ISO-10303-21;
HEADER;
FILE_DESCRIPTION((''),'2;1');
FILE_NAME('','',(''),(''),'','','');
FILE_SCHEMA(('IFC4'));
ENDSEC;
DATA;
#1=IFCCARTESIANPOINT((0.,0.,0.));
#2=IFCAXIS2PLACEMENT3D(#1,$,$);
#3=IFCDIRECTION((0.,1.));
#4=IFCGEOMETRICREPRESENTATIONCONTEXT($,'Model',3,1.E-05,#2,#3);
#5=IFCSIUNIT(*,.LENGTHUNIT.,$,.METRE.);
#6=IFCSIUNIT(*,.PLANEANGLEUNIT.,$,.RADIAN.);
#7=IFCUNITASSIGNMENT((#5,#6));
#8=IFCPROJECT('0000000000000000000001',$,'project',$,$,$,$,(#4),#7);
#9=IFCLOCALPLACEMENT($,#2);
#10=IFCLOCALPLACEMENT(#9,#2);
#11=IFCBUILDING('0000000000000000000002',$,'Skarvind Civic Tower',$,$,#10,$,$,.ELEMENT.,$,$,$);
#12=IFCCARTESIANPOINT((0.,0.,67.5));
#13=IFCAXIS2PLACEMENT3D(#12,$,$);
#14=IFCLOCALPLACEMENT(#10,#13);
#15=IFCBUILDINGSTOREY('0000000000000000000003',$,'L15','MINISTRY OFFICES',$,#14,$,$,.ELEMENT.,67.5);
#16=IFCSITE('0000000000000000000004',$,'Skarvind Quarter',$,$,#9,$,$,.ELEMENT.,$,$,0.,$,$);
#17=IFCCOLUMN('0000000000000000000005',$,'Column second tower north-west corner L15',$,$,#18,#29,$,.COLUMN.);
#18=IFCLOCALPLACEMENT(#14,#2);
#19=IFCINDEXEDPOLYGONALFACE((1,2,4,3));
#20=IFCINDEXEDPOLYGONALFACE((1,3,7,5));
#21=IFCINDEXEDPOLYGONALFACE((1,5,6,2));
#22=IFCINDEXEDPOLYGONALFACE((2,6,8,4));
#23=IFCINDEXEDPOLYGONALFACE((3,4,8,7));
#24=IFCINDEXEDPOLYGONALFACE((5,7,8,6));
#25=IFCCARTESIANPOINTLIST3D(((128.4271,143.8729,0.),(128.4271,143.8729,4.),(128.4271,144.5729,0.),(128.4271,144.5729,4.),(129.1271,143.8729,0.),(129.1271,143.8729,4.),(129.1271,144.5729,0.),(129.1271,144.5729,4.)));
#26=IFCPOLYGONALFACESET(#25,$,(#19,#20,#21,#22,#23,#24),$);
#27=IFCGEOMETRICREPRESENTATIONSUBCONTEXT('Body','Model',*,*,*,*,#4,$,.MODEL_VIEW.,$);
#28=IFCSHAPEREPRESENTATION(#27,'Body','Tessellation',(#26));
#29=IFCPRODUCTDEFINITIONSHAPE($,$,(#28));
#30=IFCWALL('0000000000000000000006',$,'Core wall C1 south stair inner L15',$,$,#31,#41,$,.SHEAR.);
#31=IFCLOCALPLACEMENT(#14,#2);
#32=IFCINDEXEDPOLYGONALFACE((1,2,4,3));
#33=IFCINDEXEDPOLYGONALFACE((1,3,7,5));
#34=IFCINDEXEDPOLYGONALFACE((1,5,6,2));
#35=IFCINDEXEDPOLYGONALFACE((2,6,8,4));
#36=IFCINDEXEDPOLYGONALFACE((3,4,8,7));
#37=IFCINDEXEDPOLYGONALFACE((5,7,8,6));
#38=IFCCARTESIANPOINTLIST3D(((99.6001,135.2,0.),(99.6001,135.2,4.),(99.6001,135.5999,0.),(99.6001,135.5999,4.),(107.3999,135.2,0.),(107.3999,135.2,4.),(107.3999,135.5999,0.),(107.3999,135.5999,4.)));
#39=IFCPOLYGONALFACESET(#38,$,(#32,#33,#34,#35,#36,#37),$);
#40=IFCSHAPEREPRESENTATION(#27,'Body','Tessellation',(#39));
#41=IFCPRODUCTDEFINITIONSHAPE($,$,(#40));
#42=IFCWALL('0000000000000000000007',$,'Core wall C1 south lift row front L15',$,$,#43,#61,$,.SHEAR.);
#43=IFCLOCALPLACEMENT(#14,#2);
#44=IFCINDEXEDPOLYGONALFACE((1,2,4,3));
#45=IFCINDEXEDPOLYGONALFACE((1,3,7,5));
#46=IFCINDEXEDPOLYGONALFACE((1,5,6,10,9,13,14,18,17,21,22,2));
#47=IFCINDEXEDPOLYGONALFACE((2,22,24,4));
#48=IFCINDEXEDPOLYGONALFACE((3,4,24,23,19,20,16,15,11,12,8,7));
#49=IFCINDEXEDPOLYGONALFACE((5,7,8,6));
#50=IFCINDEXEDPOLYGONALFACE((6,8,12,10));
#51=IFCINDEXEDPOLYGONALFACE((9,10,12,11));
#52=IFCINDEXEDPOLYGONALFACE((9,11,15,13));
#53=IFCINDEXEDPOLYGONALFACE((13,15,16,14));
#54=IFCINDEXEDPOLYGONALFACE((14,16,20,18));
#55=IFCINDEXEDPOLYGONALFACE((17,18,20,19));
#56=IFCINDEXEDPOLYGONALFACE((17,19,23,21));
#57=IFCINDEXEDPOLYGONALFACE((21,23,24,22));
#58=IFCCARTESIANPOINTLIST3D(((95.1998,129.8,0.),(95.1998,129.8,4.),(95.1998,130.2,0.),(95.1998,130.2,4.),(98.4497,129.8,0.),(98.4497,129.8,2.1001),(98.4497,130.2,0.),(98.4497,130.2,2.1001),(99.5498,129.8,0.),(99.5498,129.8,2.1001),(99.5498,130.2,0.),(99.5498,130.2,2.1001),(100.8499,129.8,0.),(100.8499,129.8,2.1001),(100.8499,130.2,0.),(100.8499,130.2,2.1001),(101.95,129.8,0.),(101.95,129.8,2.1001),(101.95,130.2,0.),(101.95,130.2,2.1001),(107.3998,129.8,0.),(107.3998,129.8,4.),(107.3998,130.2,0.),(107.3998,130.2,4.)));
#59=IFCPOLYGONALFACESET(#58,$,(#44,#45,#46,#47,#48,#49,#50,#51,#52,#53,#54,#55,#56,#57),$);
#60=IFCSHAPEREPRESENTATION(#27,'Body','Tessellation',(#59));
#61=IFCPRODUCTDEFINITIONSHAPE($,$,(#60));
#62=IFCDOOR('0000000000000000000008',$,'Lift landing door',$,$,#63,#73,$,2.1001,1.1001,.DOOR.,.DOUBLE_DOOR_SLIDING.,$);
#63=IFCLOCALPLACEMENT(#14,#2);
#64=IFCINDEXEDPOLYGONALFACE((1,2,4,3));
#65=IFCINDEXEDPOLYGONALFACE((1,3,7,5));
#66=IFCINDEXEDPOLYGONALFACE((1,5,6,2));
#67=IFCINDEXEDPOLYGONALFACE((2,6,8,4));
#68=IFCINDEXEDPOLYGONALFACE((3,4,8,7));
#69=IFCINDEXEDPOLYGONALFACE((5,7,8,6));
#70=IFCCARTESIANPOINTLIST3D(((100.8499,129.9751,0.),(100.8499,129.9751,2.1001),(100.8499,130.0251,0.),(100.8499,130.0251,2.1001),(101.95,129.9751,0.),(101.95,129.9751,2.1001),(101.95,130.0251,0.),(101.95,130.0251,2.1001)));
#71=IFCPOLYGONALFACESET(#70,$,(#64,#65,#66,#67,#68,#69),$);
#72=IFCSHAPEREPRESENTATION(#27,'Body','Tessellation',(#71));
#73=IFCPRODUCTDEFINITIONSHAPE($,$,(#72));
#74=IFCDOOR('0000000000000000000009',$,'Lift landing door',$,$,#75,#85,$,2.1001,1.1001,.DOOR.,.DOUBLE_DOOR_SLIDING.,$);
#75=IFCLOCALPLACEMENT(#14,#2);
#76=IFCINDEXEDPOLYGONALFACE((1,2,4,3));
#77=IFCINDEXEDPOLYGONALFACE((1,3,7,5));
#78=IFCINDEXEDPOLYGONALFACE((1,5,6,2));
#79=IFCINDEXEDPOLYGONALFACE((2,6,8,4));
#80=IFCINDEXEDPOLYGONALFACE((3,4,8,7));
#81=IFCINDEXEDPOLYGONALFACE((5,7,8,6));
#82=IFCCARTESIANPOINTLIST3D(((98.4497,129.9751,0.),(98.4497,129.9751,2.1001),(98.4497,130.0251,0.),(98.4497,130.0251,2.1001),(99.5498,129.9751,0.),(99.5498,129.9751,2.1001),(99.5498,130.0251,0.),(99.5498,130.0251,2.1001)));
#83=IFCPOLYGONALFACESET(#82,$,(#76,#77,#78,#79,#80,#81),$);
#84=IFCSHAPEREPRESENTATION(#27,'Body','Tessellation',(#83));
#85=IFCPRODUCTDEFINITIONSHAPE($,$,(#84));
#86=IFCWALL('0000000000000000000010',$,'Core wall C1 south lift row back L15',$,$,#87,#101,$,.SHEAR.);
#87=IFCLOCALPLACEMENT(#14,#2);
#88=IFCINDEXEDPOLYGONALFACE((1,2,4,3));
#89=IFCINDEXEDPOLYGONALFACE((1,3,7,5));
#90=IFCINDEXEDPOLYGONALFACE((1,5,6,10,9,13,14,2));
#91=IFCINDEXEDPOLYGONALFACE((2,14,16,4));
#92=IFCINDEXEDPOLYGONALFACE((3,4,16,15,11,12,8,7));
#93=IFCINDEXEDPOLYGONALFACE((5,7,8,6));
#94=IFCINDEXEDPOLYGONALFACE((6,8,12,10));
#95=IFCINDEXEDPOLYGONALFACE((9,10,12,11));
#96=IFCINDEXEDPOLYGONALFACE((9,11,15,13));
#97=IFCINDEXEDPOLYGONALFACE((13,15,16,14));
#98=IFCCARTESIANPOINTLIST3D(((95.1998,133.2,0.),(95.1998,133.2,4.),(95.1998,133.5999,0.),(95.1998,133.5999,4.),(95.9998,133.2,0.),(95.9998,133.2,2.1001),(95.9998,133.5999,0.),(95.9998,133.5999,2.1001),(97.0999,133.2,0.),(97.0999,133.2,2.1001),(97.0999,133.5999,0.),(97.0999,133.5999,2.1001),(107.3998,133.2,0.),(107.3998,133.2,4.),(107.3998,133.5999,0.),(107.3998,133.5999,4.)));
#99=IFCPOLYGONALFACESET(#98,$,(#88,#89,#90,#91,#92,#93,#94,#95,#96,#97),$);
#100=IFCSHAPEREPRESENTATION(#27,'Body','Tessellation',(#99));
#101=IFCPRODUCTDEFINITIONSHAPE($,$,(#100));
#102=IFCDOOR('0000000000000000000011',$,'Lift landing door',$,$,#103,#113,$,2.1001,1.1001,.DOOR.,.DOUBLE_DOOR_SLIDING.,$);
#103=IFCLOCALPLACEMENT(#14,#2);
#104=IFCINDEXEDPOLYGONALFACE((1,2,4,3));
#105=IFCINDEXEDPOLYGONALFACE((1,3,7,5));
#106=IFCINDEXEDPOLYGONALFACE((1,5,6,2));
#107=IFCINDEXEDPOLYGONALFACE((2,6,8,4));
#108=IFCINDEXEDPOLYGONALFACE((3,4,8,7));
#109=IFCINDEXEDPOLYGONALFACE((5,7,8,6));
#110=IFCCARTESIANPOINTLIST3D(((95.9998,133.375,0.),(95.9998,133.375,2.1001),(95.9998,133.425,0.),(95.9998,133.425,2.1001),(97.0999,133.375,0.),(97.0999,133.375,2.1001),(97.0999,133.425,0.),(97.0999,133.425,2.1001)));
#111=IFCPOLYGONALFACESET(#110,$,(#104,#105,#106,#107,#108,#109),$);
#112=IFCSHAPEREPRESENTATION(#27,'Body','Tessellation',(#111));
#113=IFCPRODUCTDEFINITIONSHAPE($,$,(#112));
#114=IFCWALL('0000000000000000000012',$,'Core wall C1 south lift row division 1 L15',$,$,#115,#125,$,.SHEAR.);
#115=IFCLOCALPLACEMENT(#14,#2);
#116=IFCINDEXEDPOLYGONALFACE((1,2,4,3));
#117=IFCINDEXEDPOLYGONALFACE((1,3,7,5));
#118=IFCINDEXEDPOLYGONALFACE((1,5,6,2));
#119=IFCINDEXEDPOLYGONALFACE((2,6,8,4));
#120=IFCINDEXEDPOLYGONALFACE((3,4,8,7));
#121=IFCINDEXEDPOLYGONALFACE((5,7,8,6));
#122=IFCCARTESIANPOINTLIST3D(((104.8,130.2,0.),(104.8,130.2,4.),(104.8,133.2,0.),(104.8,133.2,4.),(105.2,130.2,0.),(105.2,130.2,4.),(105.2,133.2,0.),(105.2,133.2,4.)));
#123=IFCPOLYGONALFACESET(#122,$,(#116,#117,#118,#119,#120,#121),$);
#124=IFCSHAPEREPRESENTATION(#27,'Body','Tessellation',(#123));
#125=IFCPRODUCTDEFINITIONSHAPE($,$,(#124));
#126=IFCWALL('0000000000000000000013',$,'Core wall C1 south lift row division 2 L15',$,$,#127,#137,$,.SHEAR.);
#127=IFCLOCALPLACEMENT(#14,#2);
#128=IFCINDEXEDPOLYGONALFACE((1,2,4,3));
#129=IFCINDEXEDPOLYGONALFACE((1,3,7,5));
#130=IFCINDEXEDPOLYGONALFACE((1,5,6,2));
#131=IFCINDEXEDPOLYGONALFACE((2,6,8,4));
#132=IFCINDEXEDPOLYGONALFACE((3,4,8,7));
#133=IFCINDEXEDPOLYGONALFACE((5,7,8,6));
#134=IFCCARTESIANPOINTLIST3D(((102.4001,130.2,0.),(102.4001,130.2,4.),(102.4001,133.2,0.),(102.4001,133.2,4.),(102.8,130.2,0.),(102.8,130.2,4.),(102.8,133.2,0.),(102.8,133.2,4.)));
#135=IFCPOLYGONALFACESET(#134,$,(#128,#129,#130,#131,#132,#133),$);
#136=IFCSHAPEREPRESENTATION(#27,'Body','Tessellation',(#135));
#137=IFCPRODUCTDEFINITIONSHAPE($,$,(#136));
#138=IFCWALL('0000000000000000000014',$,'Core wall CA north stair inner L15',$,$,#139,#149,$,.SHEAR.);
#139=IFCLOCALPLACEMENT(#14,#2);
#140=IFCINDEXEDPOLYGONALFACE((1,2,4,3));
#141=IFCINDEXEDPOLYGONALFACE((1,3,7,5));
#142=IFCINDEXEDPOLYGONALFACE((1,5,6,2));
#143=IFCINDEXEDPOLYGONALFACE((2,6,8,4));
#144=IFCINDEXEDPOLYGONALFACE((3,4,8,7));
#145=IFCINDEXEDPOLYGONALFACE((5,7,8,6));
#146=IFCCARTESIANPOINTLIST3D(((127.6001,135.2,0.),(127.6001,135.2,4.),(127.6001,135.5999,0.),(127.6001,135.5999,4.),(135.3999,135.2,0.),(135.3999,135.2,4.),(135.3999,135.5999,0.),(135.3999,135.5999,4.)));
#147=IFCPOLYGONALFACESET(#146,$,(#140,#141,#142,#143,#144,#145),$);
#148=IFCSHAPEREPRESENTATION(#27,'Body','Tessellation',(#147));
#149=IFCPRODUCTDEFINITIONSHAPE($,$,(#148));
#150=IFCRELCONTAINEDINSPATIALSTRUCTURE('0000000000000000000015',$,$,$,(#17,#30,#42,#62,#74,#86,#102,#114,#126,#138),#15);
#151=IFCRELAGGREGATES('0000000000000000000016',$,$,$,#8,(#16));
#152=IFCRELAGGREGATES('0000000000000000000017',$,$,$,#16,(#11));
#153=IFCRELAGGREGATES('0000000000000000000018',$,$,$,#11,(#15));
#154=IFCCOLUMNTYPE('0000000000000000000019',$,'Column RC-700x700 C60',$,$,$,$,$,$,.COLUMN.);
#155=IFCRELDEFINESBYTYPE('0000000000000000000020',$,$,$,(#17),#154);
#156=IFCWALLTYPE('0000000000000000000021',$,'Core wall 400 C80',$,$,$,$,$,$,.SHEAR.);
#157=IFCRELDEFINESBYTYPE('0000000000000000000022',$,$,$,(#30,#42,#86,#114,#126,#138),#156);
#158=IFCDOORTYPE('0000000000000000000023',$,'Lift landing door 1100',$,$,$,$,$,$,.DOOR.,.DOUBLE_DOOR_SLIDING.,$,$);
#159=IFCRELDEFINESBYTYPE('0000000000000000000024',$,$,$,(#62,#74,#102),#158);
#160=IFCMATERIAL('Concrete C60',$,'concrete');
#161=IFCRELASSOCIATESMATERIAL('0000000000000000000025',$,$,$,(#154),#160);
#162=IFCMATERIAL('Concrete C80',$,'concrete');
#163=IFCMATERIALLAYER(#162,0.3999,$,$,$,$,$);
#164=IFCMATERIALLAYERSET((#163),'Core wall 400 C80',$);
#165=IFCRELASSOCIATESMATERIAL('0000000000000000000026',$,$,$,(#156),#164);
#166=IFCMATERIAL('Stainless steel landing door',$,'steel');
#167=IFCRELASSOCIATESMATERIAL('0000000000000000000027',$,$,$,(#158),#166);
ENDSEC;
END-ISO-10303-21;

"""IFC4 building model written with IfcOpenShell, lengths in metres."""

from ifc_helpers import new_model, si_unit, direction, frame, frame_2d, origin, origin_2d, place, context, subcontext, project, spatial, rectangle, extrude, material, layer, layer_set, material_profile, profile_set, type_object, element, fill, save


model = new_model("IFC4")

# Units and contexts
model_context = context("Model", 3, precision=1e-05, world=origin(), true_north=direction((0.0, 1.0)))
body_context = subcontext(model_context, "Body", "Model", "MODEL_VIEW")
ifc_project = project(units=[si_unit("LENGTHUNIT", "METRE"), si_unit("PLANEANGLEUNIT", "RADIAN")], contexts=[model_context])

# Site, building, storey
site_placement = place(None, origin())
site = spatial("IfcSite", under=ifc_project, at=site_placement, Name="Skarvind Quarter", CompositionType="ELEMENT", RefElevation=0.0)
building_placement = place(site_placement, origin())
building = spatial("IfcBuilding", under=site, at=building_placement, Name="Skarvind Civic Tower", CompositionType="ELEMENT")
storey_placement = place(building_placement, frame((0.0, 0.0, 67.5)))
storey = spatial("IfcBuildingStorey", under=building, at=storey_placement, Name="L15", Description="MINISTRY OFFICES", CompositionType="ELEMENT", Elevation=67.5)

# Column
ifc_material_1 = material(Name="Concrete C60", Category="concrete")
ifc_material_profile = material_profile(ifc_material_1, rectangle(XDim=0.7, YDim=0.7, at=origin_2d()), Name="RC-700x700")
ifc_profile_set = profile_set([ifc_material_profile], Name="Concrete C60")
column_type = type_object("IfcColumnType", Name="Column RC-700x700 C60", PredefinedType="COLUMN", material=ifc_profile_set)
column_placement = place(storey_placement, frame((128.7771, 144.2229, 0.0), z_axis=(0.0, 0.0, 1.0), x_axis=(1.0, 0.0, 0.0)))
element("IfcColumn", 1, at=column_placement, inside=storey, type_object=column_type, Name="Column second tower north-west corner L15", PredefinedType="COLUMN", context=body_context, shape_type="SweptSolid", body=[
    extrude(rectangle(XDim=0.7, YDim=0.7, at=origin_2d()), origin(), (0.0, 0.0, 1.0), 4.0),
])

# Wall
ifc_material_2 = material(Name="Concrete C80", Category="concrete")
ifc_layer_1 = layer(ifc_material_2, 0.3999)
ifc_layer_set_1 = layer_set([ifc_layer_1], Name="Core wall 400 C80")
wall_type_1 = type_object("IfcWallType", Name="Core wall 400 C80", PredefinedType="SHEAR", material=ifc_layer_set_1)
wall_1_placement = place(storey_placement, frame((107.3999, 135.3999, 0.0), z_axis=(0.0, 0.0, 1.0), x_axis=(-1.0, 0.0, 0.0)))
element("IfcWall", 2, at=wall_1_placement, inside=storey, type_object=wall_type_1, Name="Core wall C1 south stair inner L15", PredefinedType="SHEAR", context=body_context, shape_type="SweptSolid", body=[
    extrude(rectangle(XDim=7.7998, YDim=0.3999, at=frame_2d((3.8999, 0.0))), origin(), (0.0, 0.0, 1.0), 4.0),
])

# Wall, openings, doors
wall_2_placement = place(storey_placement, frame((107.3999, 130.0, 0.0), z_axis=(0.0, 0.0, 1.0), x_axis=(-1.0, 0.0, 0.0)))
wall_2 = element("IfcWall", 3, at=wall_2_placement, inside=storey, type_object=wall_type_1, Name="Core wall C1 south lift row front L15", PredefinedType="SHEAR", context=body_context, shape_type="SweptSolid", body=[
    extrude(rectangle(XDim=12.2, YDim=0.3999, at=frame_2d((6.1001, 0.0))), origin(), (0.0, 0.0, 1.0), 4.0),
])
opening_1_placement = place(wall_2_placement, frame((5.45, 0.0, 0.0)))
opening_1 = element("IfcOpeningElement", 4, at=opening_1_placement, cuts=wall_2, PredefinedType="OPENING", context=body_context, shape_type="SweptSolid", body=[
    extrude(rectangle(XDim=1.1001, YDim=2.1001, at=frame_2d((0.55, 1.05))), frame((0.0, 0.21, 0.0), z_axis=(0.0, -1.0, 0.0), x_axis=(1.0, 0.0, 0.0)), (0.0, 0.0, 1.0), 0.4199),
])
opening_2_placement = place(wall_2_placement, frame((7.8501, 0.0, 0.0)))
opening_2 = element("IfcOpeningElement", 5, at=opening_2_placement, cuts=wall_2, PredefinedType="OPENING", context=body_context, shape_type="SweptSolid", body=[
    extrude(rectangle(XDim=1.1001, YDim=2.1001, at=frame_2d((0.55, 1.05))), frame((0.0, 0.21, 0.0), z_axis=(0.0, -1.0, 0.0), x_axis=(1.0, 0.0, 0.0)), (0.0, 0.0, 1.0), 0.4199),
])
ifc_material_3 = material(Name="Stainless steel landing door", Category="steel")
door_type = type_object("IfcDoorType", Name="Lift landing door 1100", OperationType="DOUBLE_DOOR_SLIDING", PredefinedType="DOOR", material=ifc_material_3)
door_1_placement = place(opening_1_placement, origin())
door_1 = element("IfcDoor", 6, at=door_1_placement, inside=storey, type_object=door_type, Name="Lift landing door", OperationType="DOUBLE_DOOR_SLIDING", OverallHeight=2.1001, OverallWidth=1.1001, PredefinedType="DOOR", context=body_context, shape_type="SweptSolid", body=[
    extrude(rectangle(XDim=1.1001, YDim=2.1001, at=frame_2d((0.55, 1.05))), frame((0.0, 0.0249, 0.0), z_axis=(0.0, -1.0, 0.0), x_axis=(1.0, 0.0, 0.0)), (0.0, 0.0, 1.0), 0.05),
])
fill(opening_1, door_1)
door_2_placement = place(opening_2_placement, origin())
door_2 = element("IfcDoor", 7, at=door_2_placement, inside=storey, type_object=door_type, Name="Lift landing door", OperationType="DOUBLE_DOOR_SLIDING", OverallHeight=2.1001, OverallWidth=1.1001, PredefinedType="DOOR", context=body_context, shape_type="SweptSolid", body=[
    extrude(rectangle(XDim=1.1001, YDim=2.1001, at=frame_2d((0.55, 1.05))), frame((0.0, 0.0249, 0.0), z_axis=(0.0, -1.0, 0.0), x_axis=(1.0, 0.0, 0.0)), (0.0, 0.0, 1.0), 0.05),
])
fill(opening_2, door_2)

# Wall, opening, door
wall_3_placement = place(storey_placement, frame((107.3999, 133.3999, 0.0), z_axis=(0.0, 0.0, 1.0), x_axis=(-1.0, 0.0, 0.0)))
wall_3 = element("IfcWall", 8, at=wall_3_placement, inside=storey, type_object=wall_type_1, Name="Core wall C1 south lift row back L15", PredefinedType="SHEAR", context=body_context, shape_type="SweptSolid", body=[
    extrude(rectangle(XDim=12.2, YDim=0.3999, at=frame_2d((6.1001, 0.0))), origin(), (0.0, 0.0, 1.0), 4.0),
])
opening_3_placement = place(wall_3_placement, frame((10.3, 0.0, 0.0)))
opening_3 = element("IfcOpeningElement", 9, at=opening_3_placement, cuts=wall_3, PredefinedType="OPENING", context=body_context, shape_type="SweptSolid", body=[
    extrude(rectangle(XDim=1.1001, YDim=2.1001, at=frame_2d((0.55, 1.05))), frame((0.0, 0.21, 0.0), z_axis=(0.0, -1.0, 0.0), x_axis=(1.0, 0.0, 0.0)), (0.0, 0.0, 1.0), 0.4199),
])
door_3_placement = place(opening_3_placement, origin())
door_3 = element("IfcDoor", 10, at=door_3_placement, inside=storey, type_object=door_type, Name="Lift landing door", OperationType="DOUBLE_DOOR_SLIDING", OverallHeight=2.1001, OverallWidth=1.1001, PredefinedType="DOOR", context=body_context, shape_type="SweptSolid", body=[
    extrude(rectangle(XDim=1.1001, YDim=2.1001, at=frame_2d((0.55, 1.05))), frame((0.0, 0.0249, 0.0), z_axis=(0.0, -1.0, 0.0), x_axis=(1.0, 0.0, 0.0)), (0.0, 0.0, 1.0), 0.05),
])
fill(opening_3, door_3)

# Walls
for number, where, z_axis, x_axis, name in (
    (11, (105.0, 133.2, 0.0), (0.0, 0.0, 1.0), (0.0, -1.0, 0.0), "Core wall C1 south lift row division 1 L15"),
    (12, (102.6001, 133.2, 0.0), (0.0, 0.0, 1.0), (0.0, -1.0, 0.0), "Core wall C1 south lift row division 2 L15"),
):
    element("IfcWall", number, at=place(storey_placement, frame(where, z_axis=z_axis, x_axis=x_axis)), inside=storey, type_object=wall_type_1, Name=name, PredefinedType="SHEAR", context=body_context, shape_type="SweptSolid", body=[
        extrude(rectangle(XDim=3.0, YDim=0.3999, at=frame_2d((1.5, 0.0))), origin(), (0.0, 0.0, 1.0), 4.0),
    ])
wall_4_placement = place(storey_placement, frame((127.6001, 135.3999, 0.0), z_axis=(0.0, 0.0, 1.0), x_axis=(1.0, 0.0, 0.0)))
element("IfcWall", 13, at=wall_4_placement, inside=storey, type_object=wall_type_1, Name="Core wall CA north stair inner L15", PredefinedType="SHEAR", context=body_context, shape_type="SweptSolid", body=[
    extrude(rectangle(XDim=7.7998, YDim=0.3999, at=frame_2d((3.8999, 0.0))), origin(), (0.0, 0.0, 1.0), 4.0),
])

save(model, "model.ifc")
